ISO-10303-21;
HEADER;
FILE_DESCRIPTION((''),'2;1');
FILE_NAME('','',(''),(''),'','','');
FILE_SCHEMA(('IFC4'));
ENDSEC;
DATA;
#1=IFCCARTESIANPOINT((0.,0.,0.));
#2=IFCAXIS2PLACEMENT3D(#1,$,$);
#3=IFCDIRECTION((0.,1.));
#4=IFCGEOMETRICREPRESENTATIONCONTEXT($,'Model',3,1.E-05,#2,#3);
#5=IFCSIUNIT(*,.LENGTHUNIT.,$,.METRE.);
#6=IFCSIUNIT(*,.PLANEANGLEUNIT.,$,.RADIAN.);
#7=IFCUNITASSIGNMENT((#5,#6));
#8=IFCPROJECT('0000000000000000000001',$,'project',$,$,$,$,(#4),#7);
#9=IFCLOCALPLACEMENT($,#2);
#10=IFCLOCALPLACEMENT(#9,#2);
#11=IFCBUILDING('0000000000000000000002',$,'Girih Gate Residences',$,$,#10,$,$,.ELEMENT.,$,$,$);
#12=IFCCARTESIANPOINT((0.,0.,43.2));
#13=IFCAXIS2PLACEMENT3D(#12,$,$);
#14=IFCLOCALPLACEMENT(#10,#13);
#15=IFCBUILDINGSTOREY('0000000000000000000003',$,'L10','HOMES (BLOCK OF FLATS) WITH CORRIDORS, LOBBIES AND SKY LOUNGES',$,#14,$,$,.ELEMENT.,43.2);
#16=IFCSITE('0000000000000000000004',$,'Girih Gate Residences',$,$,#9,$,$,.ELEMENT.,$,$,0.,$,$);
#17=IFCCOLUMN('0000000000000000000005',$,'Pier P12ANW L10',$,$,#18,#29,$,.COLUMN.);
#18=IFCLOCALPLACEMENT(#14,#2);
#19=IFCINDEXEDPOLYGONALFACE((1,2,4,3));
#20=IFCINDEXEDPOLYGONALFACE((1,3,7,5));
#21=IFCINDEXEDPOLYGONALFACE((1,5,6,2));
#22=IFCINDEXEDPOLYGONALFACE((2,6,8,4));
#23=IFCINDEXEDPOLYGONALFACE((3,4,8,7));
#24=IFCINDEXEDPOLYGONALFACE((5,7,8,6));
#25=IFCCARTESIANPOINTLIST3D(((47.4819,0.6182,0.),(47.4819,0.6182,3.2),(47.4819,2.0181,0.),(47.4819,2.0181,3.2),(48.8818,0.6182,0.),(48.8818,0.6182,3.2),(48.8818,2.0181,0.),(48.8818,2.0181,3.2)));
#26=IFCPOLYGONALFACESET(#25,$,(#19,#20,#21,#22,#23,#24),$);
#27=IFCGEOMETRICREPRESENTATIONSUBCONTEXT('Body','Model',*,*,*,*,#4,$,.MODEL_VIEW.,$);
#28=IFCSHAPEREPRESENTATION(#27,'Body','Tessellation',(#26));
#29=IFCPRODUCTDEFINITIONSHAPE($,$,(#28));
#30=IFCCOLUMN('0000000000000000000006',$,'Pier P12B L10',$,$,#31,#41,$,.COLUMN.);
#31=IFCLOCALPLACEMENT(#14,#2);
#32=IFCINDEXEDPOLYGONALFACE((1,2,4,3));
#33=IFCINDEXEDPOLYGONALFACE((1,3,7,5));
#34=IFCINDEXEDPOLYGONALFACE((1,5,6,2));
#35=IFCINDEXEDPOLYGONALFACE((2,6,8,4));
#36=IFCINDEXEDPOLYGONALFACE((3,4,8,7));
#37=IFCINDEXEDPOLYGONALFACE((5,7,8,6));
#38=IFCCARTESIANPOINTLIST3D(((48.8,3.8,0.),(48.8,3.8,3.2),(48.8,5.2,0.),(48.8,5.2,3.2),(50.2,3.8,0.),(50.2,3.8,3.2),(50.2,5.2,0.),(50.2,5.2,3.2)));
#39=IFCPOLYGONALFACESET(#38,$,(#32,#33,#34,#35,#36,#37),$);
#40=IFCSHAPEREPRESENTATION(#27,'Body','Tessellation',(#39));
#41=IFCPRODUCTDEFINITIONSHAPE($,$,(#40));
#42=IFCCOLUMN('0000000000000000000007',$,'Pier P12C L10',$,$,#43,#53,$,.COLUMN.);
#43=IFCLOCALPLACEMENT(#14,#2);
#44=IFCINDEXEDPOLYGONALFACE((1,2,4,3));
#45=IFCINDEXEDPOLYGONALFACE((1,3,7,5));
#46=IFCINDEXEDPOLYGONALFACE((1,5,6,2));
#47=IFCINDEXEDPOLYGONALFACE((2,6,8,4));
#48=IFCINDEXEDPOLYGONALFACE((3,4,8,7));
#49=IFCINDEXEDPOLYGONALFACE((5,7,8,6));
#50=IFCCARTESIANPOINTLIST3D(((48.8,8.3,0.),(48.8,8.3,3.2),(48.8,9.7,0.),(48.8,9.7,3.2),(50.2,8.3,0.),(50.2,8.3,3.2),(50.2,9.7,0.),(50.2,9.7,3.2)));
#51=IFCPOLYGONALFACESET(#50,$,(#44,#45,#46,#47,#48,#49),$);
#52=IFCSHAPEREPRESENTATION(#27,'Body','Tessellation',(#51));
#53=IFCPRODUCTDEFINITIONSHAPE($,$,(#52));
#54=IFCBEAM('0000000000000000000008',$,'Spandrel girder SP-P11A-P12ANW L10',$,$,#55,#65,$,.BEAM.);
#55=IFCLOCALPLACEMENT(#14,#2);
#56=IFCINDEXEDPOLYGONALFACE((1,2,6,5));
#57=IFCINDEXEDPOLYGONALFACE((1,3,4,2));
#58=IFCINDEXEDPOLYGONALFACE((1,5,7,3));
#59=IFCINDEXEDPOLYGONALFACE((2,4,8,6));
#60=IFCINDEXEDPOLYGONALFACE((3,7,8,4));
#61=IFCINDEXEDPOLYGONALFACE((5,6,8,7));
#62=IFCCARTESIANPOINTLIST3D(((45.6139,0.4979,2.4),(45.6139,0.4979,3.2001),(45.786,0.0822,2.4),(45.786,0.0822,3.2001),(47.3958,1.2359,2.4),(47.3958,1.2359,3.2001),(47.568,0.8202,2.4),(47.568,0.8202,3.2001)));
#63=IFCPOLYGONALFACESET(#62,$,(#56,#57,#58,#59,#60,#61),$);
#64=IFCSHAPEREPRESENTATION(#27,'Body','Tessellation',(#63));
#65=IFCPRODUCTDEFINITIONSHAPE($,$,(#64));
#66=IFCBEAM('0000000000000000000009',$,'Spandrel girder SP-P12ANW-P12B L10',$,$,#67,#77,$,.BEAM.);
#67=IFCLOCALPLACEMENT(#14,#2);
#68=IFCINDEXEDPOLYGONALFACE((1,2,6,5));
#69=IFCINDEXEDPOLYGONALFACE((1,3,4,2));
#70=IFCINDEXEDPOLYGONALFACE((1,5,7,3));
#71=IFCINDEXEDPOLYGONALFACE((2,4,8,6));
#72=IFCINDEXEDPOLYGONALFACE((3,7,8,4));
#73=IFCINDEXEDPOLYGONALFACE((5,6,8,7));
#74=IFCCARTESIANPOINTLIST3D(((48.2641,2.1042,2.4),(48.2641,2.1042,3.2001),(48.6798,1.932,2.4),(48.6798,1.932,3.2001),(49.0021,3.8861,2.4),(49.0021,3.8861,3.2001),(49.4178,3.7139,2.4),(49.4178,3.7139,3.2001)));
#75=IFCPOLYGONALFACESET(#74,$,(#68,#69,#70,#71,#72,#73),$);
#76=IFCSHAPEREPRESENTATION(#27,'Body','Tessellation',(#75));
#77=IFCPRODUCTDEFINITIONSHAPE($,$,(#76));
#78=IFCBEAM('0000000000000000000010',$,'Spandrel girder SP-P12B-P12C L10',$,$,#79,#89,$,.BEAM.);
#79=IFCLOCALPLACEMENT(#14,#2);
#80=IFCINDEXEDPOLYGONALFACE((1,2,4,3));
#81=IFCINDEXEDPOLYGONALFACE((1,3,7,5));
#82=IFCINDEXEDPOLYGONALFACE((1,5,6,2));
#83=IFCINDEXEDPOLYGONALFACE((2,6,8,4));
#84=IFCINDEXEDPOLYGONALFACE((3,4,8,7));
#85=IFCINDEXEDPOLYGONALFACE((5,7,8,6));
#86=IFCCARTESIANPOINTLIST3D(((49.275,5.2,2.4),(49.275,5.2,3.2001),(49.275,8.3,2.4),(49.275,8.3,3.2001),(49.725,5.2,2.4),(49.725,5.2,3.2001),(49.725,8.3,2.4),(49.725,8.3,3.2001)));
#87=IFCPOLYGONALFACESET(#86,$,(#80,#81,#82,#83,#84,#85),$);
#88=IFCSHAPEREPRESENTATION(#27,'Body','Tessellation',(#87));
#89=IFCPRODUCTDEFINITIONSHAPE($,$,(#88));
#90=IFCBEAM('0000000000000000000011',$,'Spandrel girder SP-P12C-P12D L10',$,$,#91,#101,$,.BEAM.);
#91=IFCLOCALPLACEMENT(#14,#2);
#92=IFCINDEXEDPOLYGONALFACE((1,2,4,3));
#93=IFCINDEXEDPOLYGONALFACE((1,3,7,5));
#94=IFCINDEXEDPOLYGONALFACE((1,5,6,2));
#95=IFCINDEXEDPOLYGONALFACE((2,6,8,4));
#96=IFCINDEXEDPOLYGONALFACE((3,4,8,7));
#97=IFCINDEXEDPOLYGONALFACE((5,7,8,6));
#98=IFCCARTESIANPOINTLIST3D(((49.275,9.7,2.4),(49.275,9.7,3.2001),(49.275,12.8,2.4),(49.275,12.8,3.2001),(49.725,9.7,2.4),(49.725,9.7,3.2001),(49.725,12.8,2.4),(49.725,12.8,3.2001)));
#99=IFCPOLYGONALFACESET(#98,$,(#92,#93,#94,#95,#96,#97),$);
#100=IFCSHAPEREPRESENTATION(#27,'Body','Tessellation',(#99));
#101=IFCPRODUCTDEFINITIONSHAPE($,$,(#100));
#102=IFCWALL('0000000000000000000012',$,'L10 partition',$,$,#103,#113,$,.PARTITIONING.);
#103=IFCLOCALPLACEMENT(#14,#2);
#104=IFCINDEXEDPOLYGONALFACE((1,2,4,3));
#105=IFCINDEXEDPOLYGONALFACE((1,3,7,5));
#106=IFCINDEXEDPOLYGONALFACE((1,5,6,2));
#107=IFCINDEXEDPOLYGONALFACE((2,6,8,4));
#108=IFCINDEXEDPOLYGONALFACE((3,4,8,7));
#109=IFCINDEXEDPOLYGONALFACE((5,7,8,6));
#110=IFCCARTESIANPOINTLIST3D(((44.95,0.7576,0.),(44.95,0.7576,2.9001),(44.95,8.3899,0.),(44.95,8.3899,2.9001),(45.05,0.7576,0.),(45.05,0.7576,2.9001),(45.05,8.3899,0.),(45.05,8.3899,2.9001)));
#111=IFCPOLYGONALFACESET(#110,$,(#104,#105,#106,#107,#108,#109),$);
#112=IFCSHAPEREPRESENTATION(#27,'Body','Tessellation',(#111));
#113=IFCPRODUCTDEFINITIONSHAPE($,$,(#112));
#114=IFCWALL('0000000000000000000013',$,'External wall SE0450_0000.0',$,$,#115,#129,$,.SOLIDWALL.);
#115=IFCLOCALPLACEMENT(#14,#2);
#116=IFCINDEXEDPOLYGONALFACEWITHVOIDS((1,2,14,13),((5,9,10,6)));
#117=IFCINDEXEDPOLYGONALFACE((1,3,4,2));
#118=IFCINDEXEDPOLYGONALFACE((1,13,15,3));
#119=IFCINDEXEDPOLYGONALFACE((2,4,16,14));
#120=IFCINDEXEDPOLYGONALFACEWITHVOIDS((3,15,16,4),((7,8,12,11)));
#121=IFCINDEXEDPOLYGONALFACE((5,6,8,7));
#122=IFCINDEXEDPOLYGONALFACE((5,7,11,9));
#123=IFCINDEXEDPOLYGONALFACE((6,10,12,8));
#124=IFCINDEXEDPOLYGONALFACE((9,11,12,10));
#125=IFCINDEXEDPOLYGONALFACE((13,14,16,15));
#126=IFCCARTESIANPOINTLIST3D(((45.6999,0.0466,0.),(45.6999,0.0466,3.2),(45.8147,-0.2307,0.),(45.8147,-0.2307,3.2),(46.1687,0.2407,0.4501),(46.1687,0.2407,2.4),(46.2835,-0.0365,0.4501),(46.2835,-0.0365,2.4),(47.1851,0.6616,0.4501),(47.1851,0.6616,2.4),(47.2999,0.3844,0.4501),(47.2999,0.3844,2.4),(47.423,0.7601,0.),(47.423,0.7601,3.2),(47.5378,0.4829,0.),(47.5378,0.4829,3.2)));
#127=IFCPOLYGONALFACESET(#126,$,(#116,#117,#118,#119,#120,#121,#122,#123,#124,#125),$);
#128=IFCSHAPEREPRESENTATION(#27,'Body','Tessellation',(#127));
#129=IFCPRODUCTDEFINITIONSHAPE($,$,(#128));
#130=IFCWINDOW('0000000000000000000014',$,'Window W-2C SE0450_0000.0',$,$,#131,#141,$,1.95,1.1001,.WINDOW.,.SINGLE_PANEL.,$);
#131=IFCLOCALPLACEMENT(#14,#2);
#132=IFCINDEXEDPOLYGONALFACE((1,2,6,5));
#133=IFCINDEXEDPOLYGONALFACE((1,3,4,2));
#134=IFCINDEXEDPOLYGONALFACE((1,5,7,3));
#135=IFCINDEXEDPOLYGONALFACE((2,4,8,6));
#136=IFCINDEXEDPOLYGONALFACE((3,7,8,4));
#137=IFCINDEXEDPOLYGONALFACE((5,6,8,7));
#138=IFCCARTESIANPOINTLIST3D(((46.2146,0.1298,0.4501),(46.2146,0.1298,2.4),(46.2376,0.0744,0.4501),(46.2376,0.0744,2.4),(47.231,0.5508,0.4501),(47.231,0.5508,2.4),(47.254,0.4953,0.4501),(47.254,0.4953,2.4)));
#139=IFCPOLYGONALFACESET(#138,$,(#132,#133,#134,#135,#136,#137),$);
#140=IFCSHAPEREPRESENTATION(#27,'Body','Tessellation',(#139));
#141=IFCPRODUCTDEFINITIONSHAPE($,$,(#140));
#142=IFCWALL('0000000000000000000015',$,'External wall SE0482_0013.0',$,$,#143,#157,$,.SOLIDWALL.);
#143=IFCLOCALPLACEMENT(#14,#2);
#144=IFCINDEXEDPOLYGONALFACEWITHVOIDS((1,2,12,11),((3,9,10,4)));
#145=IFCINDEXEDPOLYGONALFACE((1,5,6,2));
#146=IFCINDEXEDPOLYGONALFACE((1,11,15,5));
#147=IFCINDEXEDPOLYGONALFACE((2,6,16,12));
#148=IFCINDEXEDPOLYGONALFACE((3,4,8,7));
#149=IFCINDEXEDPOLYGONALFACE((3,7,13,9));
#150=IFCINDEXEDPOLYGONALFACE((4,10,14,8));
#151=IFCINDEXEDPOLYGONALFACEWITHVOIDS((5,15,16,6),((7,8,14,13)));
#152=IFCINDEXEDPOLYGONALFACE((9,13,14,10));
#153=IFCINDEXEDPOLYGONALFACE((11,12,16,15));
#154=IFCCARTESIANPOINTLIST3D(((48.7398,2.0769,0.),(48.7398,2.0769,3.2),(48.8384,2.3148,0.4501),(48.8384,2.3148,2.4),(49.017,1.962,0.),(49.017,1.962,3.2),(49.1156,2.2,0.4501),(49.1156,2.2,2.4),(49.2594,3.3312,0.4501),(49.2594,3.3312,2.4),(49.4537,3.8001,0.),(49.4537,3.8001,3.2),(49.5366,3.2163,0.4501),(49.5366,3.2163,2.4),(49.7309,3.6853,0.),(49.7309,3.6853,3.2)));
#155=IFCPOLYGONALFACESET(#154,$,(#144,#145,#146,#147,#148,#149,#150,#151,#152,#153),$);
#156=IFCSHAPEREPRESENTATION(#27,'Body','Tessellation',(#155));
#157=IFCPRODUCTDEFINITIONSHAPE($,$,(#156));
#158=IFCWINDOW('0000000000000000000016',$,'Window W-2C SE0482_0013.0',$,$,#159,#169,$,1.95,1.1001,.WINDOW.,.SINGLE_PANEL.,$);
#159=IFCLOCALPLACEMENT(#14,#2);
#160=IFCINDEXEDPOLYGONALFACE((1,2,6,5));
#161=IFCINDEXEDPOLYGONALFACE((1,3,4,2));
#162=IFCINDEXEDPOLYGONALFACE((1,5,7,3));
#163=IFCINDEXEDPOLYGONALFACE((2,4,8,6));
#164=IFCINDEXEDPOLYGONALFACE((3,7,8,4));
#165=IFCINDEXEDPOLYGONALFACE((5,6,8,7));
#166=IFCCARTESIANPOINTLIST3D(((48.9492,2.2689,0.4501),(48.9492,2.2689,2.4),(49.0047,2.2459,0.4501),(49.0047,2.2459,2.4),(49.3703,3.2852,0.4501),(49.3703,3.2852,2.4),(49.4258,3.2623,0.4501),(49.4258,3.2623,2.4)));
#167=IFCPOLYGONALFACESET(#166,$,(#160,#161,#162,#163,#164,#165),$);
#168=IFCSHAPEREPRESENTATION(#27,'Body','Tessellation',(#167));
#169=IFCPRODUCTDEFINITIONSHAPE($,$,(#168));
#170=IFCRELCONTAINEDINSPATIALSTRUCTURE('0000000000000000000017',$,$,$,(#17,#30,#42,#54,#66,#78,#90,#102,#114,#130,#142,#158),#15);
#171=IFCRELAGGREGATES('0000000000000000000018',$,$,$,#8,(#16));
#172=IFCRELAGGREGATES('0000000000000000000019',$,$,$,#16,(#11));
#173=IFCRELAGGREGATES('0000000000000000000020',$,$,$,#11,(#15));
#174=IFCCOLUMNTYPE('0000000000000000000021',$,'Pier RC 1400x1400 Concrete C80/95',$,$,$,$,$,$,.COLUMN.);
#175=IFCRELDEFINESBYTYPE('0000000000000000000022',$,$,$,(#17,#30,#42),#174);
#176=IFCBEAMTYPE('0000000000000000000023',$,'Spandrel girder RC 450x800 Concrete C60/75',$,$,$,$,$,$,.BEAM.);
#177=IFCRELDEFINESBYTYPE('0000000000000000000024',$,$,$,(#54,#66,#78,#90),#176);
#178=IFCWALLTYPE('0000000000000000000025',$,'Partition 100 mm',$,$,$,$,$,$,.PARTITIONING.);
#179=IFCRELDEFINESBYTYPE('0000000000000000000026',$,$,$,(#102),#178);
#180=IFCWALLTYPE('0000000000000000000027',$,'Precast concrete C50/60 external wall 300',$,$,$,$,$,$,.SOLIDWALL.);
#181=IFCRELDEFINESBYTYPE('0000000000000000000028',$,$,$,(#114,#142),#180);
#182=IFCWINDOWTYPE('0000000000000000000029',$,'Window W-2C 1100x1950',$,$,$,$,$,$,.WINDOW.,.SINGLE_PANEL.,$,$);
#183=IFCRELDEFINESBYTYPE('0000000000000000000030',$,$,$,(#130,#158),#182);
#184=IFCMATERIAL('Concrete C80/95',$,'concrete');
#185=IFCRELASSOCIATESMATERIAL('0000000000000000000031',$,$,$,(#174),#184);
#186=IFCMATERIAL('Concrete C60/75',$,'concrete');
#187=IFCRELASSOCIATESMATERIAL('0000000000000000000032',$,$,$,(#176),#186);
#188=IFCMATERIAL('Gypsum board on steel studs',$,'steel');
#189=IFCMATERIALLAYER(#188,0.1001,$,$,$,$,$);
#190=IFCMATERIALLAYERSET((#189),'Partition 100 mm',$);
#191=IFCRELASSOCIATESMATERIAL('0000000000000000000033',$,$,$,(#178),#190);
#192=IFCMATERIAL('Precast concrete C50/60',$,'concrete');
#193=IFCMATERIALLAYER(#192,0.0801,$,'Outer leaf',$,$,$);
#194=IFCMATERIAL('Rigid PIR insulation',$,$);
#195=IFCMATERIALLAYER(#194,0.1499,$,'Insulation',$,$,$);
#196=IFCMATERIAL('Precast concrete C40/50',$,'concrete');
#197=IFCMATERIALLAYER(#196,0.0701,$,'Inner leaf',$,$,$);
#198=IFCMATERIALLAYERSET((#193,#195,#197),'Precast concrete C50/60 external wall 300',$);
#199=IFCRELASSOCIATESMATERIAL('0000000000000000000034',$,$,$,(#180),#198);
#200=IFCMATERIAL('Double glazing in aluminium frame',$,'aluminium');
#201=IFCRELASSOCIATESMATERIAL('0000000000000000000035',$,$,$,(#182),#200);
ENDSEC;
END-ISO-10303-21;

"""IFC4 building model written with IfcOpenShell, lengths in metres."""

from ifc_helpers import new_model, si_unit, direction, frame, frame_2d, origin, origin_2d, place, context, subcontext, project, spatial, rectangle, extrude, material, layer, layer_set, material_profile, profile_set, type_object, element, fill, save


model = new_model("IFC4")

# Units and contexts
model_context = context("Model", 3, precision=1e-05, world=origin(), true_north=direction((0.0, 1.0)))
body_context = subcontext(model_context, "Body", "Model", "MODEL_VIEW")
ifc_project = project(units=[si_unit("LENGTHUNIT", "METRE"), si_unit("PLANEANGLEUNIT", "RADIAN")], contexts=[model_context])

# Site, building, storey
site_placement = place(None, origin())
site = spatial("IfcSite", under=ifc_project, at=site_placement, Name="Girih Gate Residences", CompositionType="ELEMENT", RefElevation=0.0)
building_placement = place(site_placement, origin())
building = spatial("IfcBuilding", under=site, at=building_placement, Name="Girih Gate Residences", CompositionType="ELEMENT")
storey_placement = place(building_placement, frame((0.0, 0.0, 43.2)))
storey = spatial("IfcBuildingStorey", under=building, at=storey_placement, Name="L10", Description="HOMES (BLOCK OF FLATS) WITH CORRIDORS, LOBBIES AND SKY LOUNGES", CompositionType="ELEMENT", Elevation=43.2)

# Columns
ifc_material_1 = material(Name="Concrete C80/95", Category="concrete")
ifc_material_profile_1 = material_profile(ifc_material_1, rectangle(XDim=1.3999, YDim=1.3999, at=origin_2d()))
ifc_profile_set_1 = profile_set([ifc_material_profile_1], Name="Concrete C80/95")
column_type = type_object("IfcColumnType", Name="Pier RC 1400x1400 Concrete C80/95", PredefinedType="COLUMN", material=ifc_profile_set_1)
for number, where, z_axis, x_axis, name in (
    (1, (48.1819, 1.3181, 0.0), (0.0, 0.0, 1.0), (1.0, 0.0, 0.0), "Pier P12ANW L10"),
    (2, (49.5, 4.5, 0.0), (0.0, 0.0, 1.0), (1.0, 0.0, 0.0), "Pier P12B L10"),
    (3, (49.5, 9.0, 0.0), (0.0, 0.0, 1.0), (1.0, 0.0, 0.0), "Pier P12C L10"),
):
    element("IfcColumn", number, at=place(storey_placement, frame(where, z_axis=z_axis, x_axis=x_axis)), inside=storey, type_object=column_type, Name=name, PredefinedType="COLUMN", context=body_context, shape_type="SweptSolid", body=[
        extrude(rectangle(XDim=1.3999, YDim=1.3999, at=origin_2d()), origin(), (0.0, 0.0, 1.0), 3.2),
    ])

# Beams
ifc_material_2 = material(Name="Concrete C60/75", Category="concrete")
ifc_material_profile_2 = material_profile(ifc_material_2, rectangle(XDim=0.45, YDim=0.8, at=origin_2d()))
ifc_profile_set_2 = profile_set([ifc_material_profile_2], Name="Concrete C60/75")
beam_type = type_object("IfcBeamType", Name="Spandrel girder RC 450x800 Concrete C60/75", PredefinedType="BEAM", material=ifc_profile_set_2)
for number, where, z_axis, x_axis, name in (
    (4, (45.7, 0.29, 2.8), (0.923895, 0.382646, 0.0), (-0.382646, 0.923895, 0.0), "Spandrel girder SP-P11A-P12ANW L10"),
    (5, (48.4719, 2.0181, 2.8), (0.382646, 0.923895, 0.0), (-0.923895, 0.382646, 0.0), "Spandrel girder SP-P12ANW-P12B L10"),
):
    element("IfcBeam", number, at=place(storey_placement, frame(where, z_axis=z_axis, x_axis=x_axis)), inside=storey, type_object=beam_type, Name=name, PredefinedType="BEAM", context=body_context, shape_type="SweptSolid", body=[
        extrude(rectangle(XDim=0.45, YDim=0.8, at=origin_2d()), origin(), (0.0, 0.0, 1.0), 1.9287),
    ])
for number, where, z_axis, x_axis, name in (
    (6, (49.5, 5.2, 2.8), (0.0, 1.0, 0.0), (-1.0, 0.0, 0.0), "Spandrel girder SP-P12B-P12C L10"),
    (7, (49.5, 9.7, 2.8), (0.0, 1.0, 0.0), (-1.0, 0.0, 0.0), "Spandrel girder SP-P12C-P12D L10"),
):
    element("IfcBeam", number, at=place(storey_placement, frame(where, z_axis=z_axis, x_axis=x_axis)), inside=storey, type_object=beam_type, Name=name, PredefinedType="BEAM", context=body_context, shape_type="SweptSolid", body=[
        extrude(rectangle(XDim=0.45, YDim=0.8, at=origin_2d()), origin(), (0.0, 0.0, 1.0), 3.1001),
    ])

# Wall
ifc_material_3 = material(Name="Gypsum board on steel studs", Category="steel")
ifc_layer_1 = layer(ifc_material_3, 0.1001)
ifc_layer_set_1 = layer_set([ifc_layer_1], Name="Partition 100 mm")
wall_type_1 = type_object("IfcWallType", Name="Partition 100 mm", PredefinedType="PARTITIONING", material=ifc_layer_set_1)
wall_1_placement = place(storey_placement, frame((45.0, 0.7576, 0.0), z_axis=(0.0, 0.0, 1.0), x_axis=(0.0, 1.0, 0.0)))
element("IfcWall", 8, at=wall_1_placement, inside=storey, type_object=wall_type_1, Name="L10 partition", PredefinedType="PARTITIONING", context=body_context, shape_type="SweptSolid", body=[
    extrude(rectangle(XDim=7.6323, YDim=0.1001, at=frame_2d((3.8162, 0.0))), origin(), (0.0, 0.0, 1.0), 2.9001),
])

# Walls, openings, windows
ifc_material_4 = material(Name="Precast concrete C50/60", Category="concrete")
ifc_layer_2 = layer(ifc_material_4, 0.0801, Name="Outer leaf")
ifc_material_5 = material(Name="Rigid PIR insulation")
ifc_layer_3 = layer(ifc_material_5, 0.1499, Name="Insulation")
ifc_material_6 = material(Name="Precast concrete C40/50", Category="concrete")
ifc_layer_4 = layer(ifc_material_6, 0.0701, Name="Inner leaf")
ifc_layer_set_2 = layer_set([ifc_layer_2, ifc_layer_3, ifc_layer_4], Name="Precast concrete C50/60 external wall 300")
wall_type_2 = type_object("IfcWallType", Name="Precast concrete C50/60 external wall 300", PredefinedType="SOLIDWALL", material=ifc_layer_set_2)
wall_2_placement = place(storey_placement, frame((47.4805, 0.6216, 0.0), z_axis=(0.0, 0.0, 1.0), x_axis=(-0.923904, -0.382625, 0.0)))
wall_2 = element("IfcWall", 9, at=wall_2_placement, inside=storey, type_object=wall_type_2, Name="External wall SE0450_0000.0", PredefinedType="SOLIDWALL", context=body_context, shape_type="SweptSolid", body=[
    extrude(rectangle(XDim=1.865, YDim=0.3, at=frame_2d((0.9326, 0.0))), origin(), (0.0, 0.0, 1.0), 3.2),
])
opening_1_placement = place(wall_2_placement, frame((0.2576, 0.0, 0.45)))
opening_1 = element("IfcOpeningElement", 10, at=opening_1_placement, cuts=wall_2, PredefinedType="OPENING", context=body_context, shape_type="SweptSolid", body=[
    extrude(rectangle(XDim=1.1001, YDim=1.95, at=frame_2d((0.55, 0.9751))), frame((0.0, 0.1599, 0.0), z_axis=(0.0, -1.0, 0.0), x_axis=(1.0, 0.0, 0.0)), (0.0, 0.0, 1.0), 0.3201),
])
ifc_material_7 = material(Name="Double glazing in aluminium frame", Category="aluminium")
window_type_1 = type_object("IfcWindowType", Name="Window W-2C 1100x1950", PartitioningType="SINGLE_PANEL", PredefinedType="WINDOW", material=ifc_material_7)
window_1_placement = place(opening_1_placement, origin())
window_1 = element("IfcWindow", 11, at=window_1_placement, inside=storey, type_object=window_type_1, Name="Window W-2C SE0450_0000.0", OverallHeight=1.95, OverallWidth=1.1001, PartitioningType="SINGLE_PANEL", PredefinedType="WINDOW", context=body_context, shape_type="SweptSolid", body=[
    extrude(rectangle(XDim=1.1001, YDim=1.95, at=frame_2d((0.55, 0.9751))), frame((0.0, 0.03, 0.0), z_axis=(0.0, -1.0, 0.0), x_axis=(1.0, 0.0, 0.0)), (0.0, 0.0, 1.0), 0.0601),
])
fill(opening_1, window_1)
wall_3_placement = place(storey_placement, frame((49.5923, 3.7427, 0.0), z_axis=(0.0, 0.0, 1.0), x_axis=(-0.382737, -0.923857, 0.0)))
wall_3 = element("IfcWall", 12, at=wall_3_placement, inside=storey, type_object=wall_type_2, Name="External wall SE0482_0013.0", PredefinedType="SOLIDWALL", context=body_context, shape_type="SweptSolid", body=[
    extrude(rectangle(XDim=1.8652, YDim=0.3, at=frame_2d((0.9326, 0.0))), origin(), (0.0, 0.0, 1.0), 3.2),
])
opening_2_placement = place(wall_3_placement, frame((0.5076, 0.0, 0.45)))
opening_2 = element("IfcOpeningElement", 13, at=opening_2_placement, cuts=wall_3, PredefinedType="OPENING", context=body_context, shape_type="SweptSolid", body=[
    extrude(rectangle(XDim=1.1001, YDim=1.95, at=frame_2d((0.55, 0.9751))), frame((0.0, 0.1599, 0.0), z_axis=(0.0, -1.0, 0.0), x_axis=(1.0, 0.0, 0.0)), (0.0, 0.0, 1.0), 0.3201),
])
window_2_placement = place(opening_2_placement, origin())
window_2 = element("IfcWindow", 14, at=window_2_placement, inside=storey, type_object=window_type_1, Name="Window W-2C SE0482_0013.0", OverallHeight=1.95, OverallWidth=1.1001, PartitioningType="SINGLE_PANEL", PredefinedType="WINDOW", context=body_context, shape_type="SweptSolid", body=[
    extrude(rectangle(XDim=1.1001, YDim=1.95, at=frame_2d((0.55, 0.9751))), frame((0.0, 0.03, 0.0), z_axis=(0.0, -1.0, 0.0), x_axis=(1.0, 0.0, 0.0)), (0.0, 0.0, 1.0), 0.0601),
])
fill(opening_2, window_2)

save(model, "model.ifc")
